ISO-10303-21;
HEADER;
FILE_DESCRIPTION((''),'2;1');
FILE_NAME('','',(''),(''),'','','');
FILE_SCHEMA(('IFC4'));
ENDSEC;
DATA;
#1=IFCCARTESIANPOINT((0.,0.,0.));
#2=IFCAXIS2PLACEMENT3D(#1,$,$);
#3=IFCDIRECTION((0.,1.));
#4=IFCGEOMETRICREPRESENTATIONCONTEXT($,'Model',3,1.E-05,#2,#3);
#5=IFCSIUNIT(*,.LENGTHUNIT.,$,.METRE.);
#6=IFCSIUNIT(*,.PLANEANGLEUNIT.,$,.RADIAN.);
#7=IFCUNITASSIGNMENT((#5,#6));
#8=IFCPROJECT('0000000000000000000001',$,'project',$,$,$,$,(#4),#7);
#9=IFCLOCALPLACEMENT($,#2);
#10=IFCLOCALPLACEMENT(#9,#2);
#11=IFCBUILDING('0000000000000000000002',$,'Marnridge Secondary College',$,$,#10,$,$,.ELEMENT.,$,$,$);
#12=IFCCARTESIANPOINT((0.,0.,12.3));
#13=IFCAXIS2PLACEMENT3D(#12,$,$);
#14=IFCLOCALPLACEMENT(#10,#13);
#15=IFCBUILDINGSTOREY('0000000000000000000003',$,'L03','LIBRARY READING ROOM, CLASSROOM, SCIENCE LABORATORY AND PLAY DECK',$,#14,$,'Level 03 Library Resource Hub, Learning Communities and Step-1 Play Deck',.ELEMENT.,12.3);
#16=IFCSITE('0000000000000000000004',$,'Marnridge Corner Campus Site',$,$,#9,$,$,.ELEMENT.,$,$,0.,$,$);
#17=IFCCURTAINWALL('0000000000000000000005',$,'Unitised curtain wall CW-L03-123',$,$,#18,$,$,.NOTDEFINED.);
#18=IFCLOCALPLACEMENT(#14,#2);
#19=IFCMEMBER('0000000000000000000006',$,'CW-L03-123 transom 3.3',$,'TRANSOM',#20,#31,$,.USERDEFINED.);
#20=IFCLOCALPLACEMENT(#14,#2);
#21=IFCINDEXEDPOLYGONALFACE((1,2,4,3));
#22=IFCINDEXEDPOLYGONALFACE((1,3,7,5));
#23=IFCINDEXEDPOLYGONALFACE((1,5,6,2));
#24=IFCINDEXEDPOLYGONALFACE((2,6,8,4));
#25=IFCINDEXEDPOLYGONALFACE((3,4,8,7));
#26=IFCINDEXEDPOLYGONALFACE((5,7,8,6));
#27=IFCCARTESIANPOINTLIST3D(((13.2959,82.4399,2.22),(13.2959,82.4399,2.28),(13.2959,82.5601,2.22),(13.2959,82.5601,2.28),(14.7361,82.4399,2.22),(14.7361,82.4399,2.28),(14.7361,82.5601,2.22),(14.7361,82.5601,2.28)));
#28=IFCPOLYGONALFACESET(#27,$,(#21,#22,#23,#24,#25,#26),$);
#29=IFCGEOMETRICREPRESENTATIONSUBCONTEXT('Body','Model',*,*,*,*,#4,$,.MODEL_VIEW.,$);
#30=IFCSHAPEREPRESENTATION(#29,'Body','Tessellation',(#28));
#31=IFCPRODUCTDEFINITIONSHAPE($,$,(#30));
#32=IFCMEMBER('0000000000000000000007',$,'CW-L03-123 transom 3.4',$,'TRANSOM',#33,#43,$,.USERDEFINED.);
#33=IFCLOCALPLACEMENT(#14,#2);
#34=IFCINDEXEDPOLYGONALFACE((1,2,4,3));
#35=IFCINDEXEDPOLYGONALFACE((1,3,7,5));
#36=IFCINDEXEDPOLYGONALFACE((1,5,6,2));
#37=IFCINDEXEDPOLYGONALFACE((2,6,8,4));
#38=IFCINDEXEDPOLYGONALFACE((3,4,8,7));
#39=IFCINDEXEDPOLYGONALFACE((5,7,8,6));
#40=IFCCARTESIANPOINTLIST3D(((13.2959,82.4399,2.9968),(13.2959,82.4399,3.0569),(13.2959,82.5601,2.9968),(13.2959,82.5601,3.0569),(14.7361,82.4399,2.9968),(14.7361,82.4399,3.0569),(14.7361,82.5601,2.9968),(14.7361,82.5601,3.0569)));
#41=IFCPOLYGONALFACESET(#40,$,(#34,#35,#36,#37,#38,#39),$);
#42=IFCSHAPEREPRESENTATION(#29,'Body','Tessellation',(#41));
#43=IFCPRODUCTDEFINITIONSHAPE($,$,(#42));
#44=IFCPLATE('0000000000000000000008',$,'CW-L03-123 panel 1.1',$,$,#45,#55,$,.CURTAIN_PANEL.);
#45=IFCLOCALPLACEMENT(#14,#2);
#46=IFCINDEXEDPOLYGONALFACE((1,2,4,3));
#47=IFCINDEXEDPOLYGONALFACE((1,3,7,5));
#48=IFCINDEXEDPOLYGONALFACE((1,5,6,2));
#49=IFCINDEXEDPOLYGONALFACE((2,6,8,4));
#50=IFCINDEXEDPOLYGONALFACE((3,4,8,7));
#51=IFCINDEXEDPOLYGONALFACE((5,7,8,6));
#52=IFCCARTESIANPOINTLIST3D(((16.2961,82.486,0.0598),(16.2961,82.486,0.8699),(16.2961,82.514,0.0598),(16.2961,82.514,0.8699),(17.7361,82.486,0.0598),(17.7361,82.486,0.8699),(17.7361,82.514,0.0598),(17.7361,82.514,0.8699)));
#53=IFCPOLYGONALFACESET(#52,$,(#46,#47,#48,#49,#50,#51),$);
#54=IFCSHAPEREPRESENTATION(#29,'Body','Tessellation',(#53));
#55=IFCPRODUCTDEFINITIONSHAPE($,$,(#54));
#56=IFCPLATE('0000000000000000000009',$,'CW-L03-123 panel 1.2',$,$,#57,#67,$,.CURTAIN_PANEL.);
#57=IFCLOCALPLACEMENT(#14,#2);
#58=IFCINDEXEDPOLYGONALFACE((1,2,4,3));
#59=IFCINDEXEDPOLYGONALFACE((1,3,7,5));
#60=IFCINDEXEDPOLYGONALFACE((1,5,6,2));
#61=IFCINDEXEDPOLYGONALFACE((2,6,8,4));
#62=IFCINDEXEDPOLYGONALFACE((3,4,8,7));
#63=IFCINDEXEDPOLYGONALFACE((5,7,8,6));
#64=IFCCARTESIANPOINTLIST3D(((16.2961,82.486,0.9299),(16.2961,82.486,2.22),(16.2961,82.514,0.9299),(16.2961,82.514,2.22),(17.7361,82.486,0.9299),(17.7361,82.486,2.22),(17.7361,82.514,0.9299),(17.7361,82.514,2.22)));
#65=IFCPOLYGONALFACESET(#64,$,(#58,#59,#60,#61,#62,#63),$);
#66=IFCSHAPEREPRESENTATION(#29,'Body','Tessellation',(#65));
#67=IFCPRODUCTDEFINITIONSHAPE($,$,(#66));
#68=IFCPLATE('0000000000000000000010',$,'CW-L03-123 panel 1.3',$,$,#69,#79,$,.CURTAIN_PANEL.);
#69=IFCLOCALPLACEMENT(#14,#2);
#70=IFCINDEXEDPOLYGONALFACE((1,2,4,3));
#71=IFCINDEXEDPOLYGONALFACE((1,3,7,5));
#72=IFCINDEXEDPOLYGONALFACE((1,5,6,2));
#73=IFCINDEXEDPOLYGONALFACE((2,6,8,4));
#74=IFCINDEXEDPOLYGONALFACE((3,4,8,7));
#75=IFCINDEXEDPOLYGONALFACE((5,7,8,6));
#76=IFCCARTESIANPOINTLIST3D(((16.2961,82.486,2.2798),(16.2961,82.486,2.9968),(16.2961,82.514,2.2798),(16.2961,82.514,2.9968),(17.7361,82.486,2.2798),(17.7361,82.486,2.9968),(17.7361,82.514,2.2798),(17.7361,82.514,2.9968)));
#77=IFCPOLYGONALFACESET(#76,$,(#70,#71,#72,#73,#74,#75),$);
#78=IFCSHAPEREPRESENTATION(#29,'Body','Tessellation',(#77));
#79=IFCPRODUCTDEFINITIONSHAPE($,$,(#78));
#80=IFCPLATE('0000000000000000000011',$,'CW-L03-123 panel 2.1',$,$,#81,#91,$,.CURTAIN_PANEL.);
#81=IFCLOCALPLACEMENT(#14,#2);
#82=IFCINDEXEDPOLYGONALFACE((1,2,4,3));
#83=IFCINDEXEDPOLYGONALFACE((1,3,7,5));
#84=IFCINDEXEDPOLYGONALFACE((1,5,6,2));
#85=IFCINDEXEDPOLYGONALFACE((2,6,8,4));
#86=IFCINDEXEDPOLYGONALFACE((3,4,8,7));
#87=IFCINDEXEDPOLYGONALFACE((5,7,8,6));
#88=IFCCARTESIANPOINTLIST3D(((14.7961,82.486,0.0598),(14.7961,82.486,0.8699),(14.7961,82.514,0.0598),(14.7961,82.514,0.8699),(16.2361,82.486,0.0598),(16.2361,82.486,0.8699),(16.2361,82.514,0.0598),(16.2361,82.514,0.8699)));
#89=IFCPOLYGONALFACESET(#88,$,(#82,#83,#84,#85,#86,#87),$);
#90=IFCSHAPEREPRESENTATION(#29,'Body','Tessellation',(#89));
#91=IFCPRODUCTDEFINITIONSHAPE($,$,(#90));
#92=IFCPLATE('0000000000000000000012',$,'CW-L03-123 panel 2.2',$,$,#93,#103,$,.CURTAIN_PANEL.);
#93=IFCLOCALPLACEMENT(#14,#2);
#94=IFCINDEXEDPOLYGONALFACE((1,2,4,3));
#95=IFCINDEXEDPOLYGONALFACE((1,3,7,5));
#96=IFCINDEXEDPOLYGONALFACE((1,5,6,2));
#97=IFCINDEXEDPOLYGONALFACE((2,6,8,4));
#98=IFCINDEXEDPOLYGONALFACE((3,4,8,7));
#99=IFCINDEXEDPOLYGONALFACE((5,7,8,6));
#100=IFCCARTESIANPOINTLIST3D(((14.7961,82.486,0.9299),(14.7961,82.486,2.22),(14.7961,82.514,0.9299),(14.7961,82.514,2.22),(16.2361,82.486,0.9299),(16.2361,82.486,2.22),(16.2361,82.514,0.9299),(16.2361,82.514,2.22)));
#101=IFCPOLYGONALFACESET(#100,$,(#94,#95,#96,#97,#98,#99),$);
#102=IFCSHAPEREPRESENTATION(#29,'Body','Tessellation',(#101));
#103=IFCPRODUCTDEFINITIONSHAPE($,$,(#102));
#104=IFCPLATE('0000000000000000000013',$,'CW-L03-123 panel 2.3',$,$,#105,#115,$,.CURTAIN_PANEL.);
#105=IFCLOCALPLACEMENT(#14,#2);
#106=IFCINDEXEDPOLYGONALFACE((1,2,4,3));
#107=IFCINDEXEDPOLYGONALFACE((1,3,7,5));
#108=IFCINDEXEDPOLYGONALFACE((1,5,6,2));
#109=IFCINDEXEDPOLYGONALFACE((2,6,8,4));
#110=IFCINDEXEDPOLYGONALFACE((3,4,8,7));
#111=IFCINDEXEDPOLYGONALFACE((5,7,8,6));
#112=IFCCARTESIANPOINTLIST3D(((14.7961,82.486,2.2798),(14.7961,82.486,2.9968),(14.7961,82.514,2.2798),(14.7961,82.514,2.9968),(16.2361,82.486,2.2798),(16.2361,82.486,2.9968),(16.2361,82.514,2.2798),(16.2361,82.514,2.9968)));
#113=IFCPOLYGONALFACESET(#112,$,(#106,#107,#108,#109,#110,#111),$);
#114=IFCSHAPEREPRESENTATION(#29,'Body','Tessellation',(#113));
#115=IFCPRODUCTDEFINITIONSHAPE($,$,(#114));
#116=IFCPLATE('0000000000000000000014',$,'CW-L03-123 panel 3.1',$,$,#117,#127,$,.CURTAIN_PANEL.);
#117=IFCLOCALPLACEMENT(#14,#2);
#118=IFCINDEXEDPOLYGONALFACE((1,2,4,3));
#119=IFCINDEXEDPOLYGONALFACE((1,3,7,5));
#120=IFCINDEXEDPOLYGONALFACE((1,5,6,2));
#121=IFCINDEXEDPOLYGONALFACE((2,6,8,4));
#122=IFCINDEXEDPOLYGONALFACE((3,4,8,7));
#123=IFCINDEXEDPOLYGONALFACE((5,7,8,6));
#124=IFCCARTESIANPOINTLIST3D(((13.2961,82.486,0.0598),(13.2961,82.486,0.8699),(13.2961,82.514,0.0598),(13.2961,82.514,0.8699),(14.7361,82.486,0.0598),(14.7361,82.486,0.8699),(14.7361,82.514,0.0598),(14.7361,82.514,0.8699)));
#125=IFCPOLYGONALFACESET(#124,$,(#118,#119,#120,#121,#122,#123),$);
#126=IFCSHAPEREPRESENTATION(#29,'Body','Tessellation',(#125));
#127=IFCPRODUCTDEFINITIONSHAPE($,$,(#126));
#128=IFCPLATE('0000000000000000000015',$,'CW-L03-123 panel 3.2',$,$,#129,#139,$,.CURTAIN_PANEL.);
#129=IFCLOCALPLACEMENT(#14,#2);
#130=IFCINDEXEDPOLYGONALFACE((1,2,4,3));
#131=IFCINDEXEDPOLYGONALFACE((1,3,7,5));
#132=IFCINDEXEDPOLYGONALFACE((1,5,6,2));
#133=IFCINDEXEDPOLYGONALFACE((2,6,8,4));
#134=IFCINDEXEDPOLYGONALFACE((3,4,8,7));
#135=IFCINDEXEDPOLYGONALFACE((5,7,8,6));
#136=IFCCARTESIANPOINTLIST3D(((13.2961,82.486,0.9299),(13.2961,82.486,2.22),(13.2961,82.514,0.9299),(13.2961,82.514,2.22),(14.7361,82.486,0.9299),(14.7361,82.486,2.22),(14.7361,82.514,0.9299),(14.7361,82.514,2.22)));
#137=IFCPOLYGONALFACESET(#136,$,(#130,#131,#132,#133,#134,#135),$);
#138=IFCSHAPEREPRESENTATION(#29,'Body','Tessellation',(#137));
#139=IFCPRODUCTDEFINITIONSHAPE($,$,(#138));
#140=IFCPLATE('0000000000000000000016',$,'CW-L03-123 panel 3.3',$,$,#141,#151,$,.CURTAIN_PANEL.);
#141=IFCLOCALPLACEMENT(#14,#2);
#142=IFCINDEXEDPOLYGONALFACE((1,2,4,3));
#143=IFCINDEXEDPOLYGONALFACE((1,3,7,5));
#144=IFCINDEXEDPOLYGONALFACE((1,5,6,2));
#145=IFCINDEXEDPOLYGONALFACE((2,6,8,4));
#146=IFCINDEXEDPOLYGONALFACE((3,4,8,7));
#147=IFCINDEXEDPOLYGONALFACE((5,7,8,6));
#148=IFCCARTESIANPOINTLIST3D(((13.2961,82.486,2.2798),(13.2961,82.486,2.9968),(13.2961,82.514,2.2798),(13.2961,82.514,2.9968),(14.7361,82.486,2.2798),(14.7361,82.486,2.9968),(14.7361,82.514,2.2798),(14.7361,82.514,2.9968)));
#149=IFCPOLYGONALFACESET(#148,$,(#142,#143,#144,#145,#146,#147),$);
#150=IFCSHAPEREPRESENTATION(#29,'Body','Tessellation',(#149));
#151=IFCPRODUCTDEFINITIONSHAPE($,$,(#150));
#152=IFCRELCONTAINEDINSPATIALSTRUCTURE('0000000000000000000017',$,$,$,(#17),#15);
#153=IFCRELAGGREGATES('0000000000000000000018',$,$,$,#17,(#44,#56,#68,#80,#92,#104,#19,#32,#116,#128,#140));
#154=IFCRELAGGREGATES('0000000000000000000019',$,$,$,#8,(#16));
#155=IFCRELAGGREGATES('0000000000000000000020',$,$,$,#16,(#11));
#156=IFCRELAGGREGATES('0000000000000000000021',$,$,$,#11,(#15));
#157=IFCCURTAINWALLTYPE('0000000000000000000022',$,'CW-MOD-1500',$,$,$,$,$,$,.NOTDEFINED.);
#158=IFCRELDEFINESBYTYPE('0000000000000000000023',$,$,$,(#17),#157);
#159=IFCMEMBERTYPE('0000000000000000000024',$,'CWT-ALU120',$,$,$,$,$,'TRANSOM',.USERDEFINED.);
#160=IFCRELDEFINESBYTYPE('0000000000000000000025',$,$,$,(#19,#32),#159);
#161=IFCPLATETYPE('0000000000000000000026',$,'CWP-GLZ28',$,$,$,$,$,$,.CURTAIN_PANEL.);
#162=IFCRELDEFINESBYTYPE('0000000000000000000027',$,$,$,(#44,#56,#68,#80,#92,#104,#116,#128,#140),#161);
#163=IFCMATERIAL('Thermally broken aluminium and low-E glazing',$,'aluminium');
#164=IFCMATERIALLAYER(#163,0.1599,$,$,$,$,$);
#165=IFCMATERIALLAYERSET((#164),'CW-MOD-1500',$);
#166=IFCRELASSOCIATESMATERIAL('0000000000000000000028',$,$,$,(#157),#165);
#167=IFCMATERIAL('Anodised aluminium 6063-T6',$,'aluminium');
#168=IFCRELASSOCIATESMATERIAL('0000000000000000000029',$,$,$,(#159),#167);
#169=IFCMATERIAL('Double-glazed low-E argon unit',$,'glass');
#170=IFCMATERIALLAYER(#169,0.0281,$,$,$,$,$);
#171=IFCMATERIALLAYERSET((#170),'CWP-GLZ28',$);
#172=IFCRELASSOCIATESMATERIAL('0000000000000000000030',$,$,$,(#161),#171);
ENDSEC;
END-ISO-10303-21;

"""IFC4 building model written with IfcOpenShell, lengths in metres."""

from ifc_helpers import new_model, si_unit, direction, frame, origin, origin_2d, place, context, subcontext, project, spatial, rectangle, extrude, material, layer, layer_set, material_profile, profile_set, type_object, element, aggregate, save


model = new_model("IFC4")

# Units and contexts
model_context = context("Model", 3, precision=1e-05, world=origin(), true_north=direction((0.0, 1.0)))
body_context = subcontext(model_context, "Body", "Model", "MODEL_VIEW")
ifc_project = project(units=[si_unit("LENGTHUNIT", "METRE"), si_unit("PLANEANGLEUNIT", "RADIAN")], contexts=[model_context])

# Site, building, storey
site_placement = place(None, origin())
site = spatial("IfcSite", under=ifc_project, at=site_placement, Name="Marnridge Corner Campus Site", CompositionType="ELEMENT", RefElevation=0.0)
building_placement = place(site_placement, origin())
building = spatial("IfcBuilding", under=site, at=building_placement, Name="Marnridge Secondary College", CompositionType="ELEMENT")
storey_placement = place(building_placement, frame((0.0, 0.0, 12.3)))
storey = spatial("IfcBuildingStorey", under=building, at=storey_placement, Name="L03", Description="LIBRARY READING ROOM, CLASSROOM, SCIENCE LABORATORY AND PLAY DECK", LongName="Level 03 Library Resource Hub, Learning Communities and Step-1 Play Deck", CompositionType="ELEMENT", Elevation=12.3)

# Curtain wall, members, plates
ifc_material_1 = material(Name="Thermally broken aluminium and low-E glazing", Category="aluminium")
ifc_layer_1 = layer(ifc_material_1, 0.1599)
ifc_layer_set_1 = layer_set([ifc_layer_1], Name="CW-MOD-1500")
curtain_wall_type = type_object("IfcCurtainWallType", Name="CW-MOD-1500", PredefinedType="NOTDEFINED", material=ifc_layer_set_1)
curtain_wall_placement = place(storey_placement, origin())
curtain_wall = element("IfcCurtainWall", 1, at=curtain_wall_placement, inside=storey, type_object=curtain_wall_type, Name="Unitised curtain wall CW-L03-123", PredefinedType="NOTDEFINED")
ifc_material_2 = material(Name="Anodised aluminium 6063-T6", Category="aluminium")
ifc_material_profile_1 = material_profile(ifc_material_2, rectangle(XDim=0.0601, YDim=0.1201, at=origin_2d()), Name="ALU 60x120")
ifc_profile_set_1 = profile_set([ifc_material_profile_1], Name="Anodised aluminium 6063-T6")
member_type_1 = type_object("IfcMemberType", Name="CWT-ALU120", ElementType="TRANSOM", PredefinedType="USERDEFINED", material=ifc_profile_set_1)
member_1_placement = place(storey_placement, frame((14.7361, 82.5, 2.25), z_axis=(-1.0, 0.0, 0.0), x_axis=(0.0, 0.0, 1.0)))
member_1 = element("IfcMember", 2, at=member_1_placement, type_object=member_type_1, Name="CW-L03-123 transom 3.3", ObjectType="TRANSOM", PredefinedType="USERDEFINED", context=body_context, shape_type="SweptSolid", body=[
    extrude(rectangle(XDim=0.0601, YDim=0.1201, at=origin_2d()), origin(), (0.0, 0.0, 1.0), 1.4402),
])
member_2_placement = place(storey_placement, frame((14.7361, 82.5, 3.0269), z_axis=(-1.0, 0.0, 0.0), x_axis=(0.0, 0.0, 1.0)))
member_2 = element("IfcMember", 3, at=member_2_placement, type_object=member_type_1, Name="CW-L03-123 transom 3.4", ObjectType="TRANSOM", PredefinedType="USERDEFINED", context=body_context, shape_type="SweptSolid", body=[
    extrude(rectangle(XDim=0.0601, YDim=0.1201, at=origin_2d()), origin(), (0.0, 0.0, 1.0), 1.4402),
])
ifc_material_3 = material(Name="Double-glazed low-E argon unit", Category="glass")
ifc_layer_2 = layer(ifc_material_3, 0.0281)
ifc_layer_set_2 = layer_set([ifc_layer_2], Name="CWP-GLZ28")
plate_type = type_object("IfcPlateType", Name="CWP-GLZ28", PredefinedType="CURTAIN_PANEL", material=ifc_layer_set_2)
plate_1_placement = place(storey_placement, frame((17.0161, 82.5, 0.0598), z_axis=(0.0, 0.0, 1.0), x_axis=(-1.0, 0.0, 0.0)))
plate_1 = element("IfcPlate", 4, at=plate_1_placement, type_object=plate_type, Name="CW-L03-123 panel 1.1", PredefinedType="CURTAIN_PANEL", context=body_context, shape_type="SweptSolid", body=[
    extrude(rectangle(XDim=1.4399, YDim=0.0281, at=origin_2d()), origin(), (0.0, 0.0, 1.0), 0.8101),
])
plate_2_placement = place(storey_placement, frame((17.0161, 82.5, 0.9299), z_axis=(0.0, 0.0, 1.0), x_axis=(-1.0, 0.0, 0.0)))
plate_2 = element("IfcPlate", 5, at=plate_2_placement, type_object=plate_type, Name="CW-L03-123 panel 1.2", PredefinedType="CURTAIN_PANEL", context=body_context, shape_type="SweptSolid", body=[
    extrude(rectangle(XDim=1.4399, YDim=0.0281, at=origin_2d()), origin(), (0.0, 0.0, 1.0), 1.29),
])
plate_3_placement = place(storey_placement, frame((17.0161, 82.5, 2.2798), z_axis=(0.0, 0.0, 1.0), x_axis=(-1.0, 0.0, 0.0)))
plate_3 = element("IfcPlate", 6, at=plate_3_placement, type_object=plate_type, Name="CW-L03-123 panel 1.3", PredefinedType="CURTAIN_PANEL", context=body_context, shape_type="SweptSolid", body=[
    extrude(rectangle(XDim=1.4399, YDim=0.0281, at=origin_2d()), origin(), (0.0, 0.0, 1.0), 0.717),
])
plate_4_placement = place(storey_placement, frame((15.5161, 82.5, 0.0598), z_axis=(0.0, 0.0, 1.0), x_axis=(-1.0, 0.0, 0.0)))
plate_4 = element("IfcPlate", 7, at=plate_4_placement, type_object=plate_type, Name="CW-L03-123 panel 2.1", PredefinedType="CURTAIN_PANEL", context=body_context, shape_type="SweptSolid", body=[
    extrude(rectangle(XDim=1.4399, YDim=0.0281, at=origin_2d()), origin(), (0.0, 0.0, 1.0), 0.8101),
])
plate_5_placement = place(storey_placement, frame((15.5161, 82.5, 0.9299), z_axis=(0.0, 0.0, 1.0), x_axis=(-1.0, 0.0, 0.0)))
plate_5 = element("IfcPlate", 8, at=plate_5_placement, type_object=plate_type, Name="CW-L03-123 panel 2.2", PredefinedType="CURTAIN_PANEL", context=body_context, shape_type="SweptSolid", body=[
    extrude(rectangle(XDim=1.4399, YDim=0.0281, at=origin_2d()), origin(), (0.0, 0.0, 1.0), 1.29),
])
plate_6_placement = place(storey_placement, frame((15.5161, 82.5, 2.2798), z_axis=(0.0, 0.0, 1.0), x_axis=(-1.0, 0.0, 0.0)))
plate_6 = element("IfcPlate", 9, at=plate_6_placement, type_object=plate_type, Name="CW-L03-123 panel 2.3", PredefinedType="CURTAIN_PANEL", context=body_context, shape_type="SweptSolid", body=[
    extrude(rectangle(XDim=1.4399, YDim=0.0281, at=origin_2d()), origin(), (0.0, 0.0, 1.0), 0.717),
])
plate_7_placement = place(storey_placement, frame((14.0161, 82.5, 0.0598), z_axis=(0.0, 0.0, 1.0), x_axis=(-1.0, 0.0, 0.0)))
plate_7 = element("IfcPlate", 10, at=plate_7_placement, type_object=plate_type, Name="CW-L03-123 panel 3.1", PredefinedType="CURTAIN_PANEL", context=body_context, shape_type="SweptSolid", body=[
    extrude(rectangle(XDim=1.4399, YDim=0.0281, at=origin_2d()), origin(), (0.0, 0.0, 1.0), 0.8101),
])
plate_8_placement = place(storey_placement, frame((14.0161, 82.5, 0.9299), z_axis=(0.0, 0.0, 1.0), x_axis=(-1.0, 0.0, 0.0)))
plate_8 = element("IfcPlate", 11, at=plate_8_placement, type_object=plate_type, Name="CW-L03-123 panel 3.2", PredefinedType="CURTAIN_PANEL", context=body_context, shape_type="SweptSolid", body=[
    extrude(rectangle(XDim=1.4399, YDim=0.0281, at=origin_2d()), origin(), (0.0, 0.0, 1.0), 1.29),
])
plate_9_placement = place(storey_placement, frame((14.0161, 82.5, 2.2798), z_axis=(0.0, 0.0, 1.0), x_axis=(-1.0, 0.0, 0.0)))
plate_9 = element("IfcPlate", 12, at=plate_9_placement, type_object=plate_type, Name="CW-L03-123 panel 3.3", PredefinedType="CURTAIN_PANEL", context=body_context, shape_type="SweptSolid", body=[
    extrude(rectangle(XDim=1.4399, YDim=0.0281, at=origin_2d()), origin(), (0.0, 0.0, 1.0), 0.717),
])
aggregate(curtain_wall, [plate_1, plate_2, plate_3, plate_4, plate_5, plate_6, member_1, member_2, plate_7, plate_8, plate_9])

save(model, "model.ifc")
